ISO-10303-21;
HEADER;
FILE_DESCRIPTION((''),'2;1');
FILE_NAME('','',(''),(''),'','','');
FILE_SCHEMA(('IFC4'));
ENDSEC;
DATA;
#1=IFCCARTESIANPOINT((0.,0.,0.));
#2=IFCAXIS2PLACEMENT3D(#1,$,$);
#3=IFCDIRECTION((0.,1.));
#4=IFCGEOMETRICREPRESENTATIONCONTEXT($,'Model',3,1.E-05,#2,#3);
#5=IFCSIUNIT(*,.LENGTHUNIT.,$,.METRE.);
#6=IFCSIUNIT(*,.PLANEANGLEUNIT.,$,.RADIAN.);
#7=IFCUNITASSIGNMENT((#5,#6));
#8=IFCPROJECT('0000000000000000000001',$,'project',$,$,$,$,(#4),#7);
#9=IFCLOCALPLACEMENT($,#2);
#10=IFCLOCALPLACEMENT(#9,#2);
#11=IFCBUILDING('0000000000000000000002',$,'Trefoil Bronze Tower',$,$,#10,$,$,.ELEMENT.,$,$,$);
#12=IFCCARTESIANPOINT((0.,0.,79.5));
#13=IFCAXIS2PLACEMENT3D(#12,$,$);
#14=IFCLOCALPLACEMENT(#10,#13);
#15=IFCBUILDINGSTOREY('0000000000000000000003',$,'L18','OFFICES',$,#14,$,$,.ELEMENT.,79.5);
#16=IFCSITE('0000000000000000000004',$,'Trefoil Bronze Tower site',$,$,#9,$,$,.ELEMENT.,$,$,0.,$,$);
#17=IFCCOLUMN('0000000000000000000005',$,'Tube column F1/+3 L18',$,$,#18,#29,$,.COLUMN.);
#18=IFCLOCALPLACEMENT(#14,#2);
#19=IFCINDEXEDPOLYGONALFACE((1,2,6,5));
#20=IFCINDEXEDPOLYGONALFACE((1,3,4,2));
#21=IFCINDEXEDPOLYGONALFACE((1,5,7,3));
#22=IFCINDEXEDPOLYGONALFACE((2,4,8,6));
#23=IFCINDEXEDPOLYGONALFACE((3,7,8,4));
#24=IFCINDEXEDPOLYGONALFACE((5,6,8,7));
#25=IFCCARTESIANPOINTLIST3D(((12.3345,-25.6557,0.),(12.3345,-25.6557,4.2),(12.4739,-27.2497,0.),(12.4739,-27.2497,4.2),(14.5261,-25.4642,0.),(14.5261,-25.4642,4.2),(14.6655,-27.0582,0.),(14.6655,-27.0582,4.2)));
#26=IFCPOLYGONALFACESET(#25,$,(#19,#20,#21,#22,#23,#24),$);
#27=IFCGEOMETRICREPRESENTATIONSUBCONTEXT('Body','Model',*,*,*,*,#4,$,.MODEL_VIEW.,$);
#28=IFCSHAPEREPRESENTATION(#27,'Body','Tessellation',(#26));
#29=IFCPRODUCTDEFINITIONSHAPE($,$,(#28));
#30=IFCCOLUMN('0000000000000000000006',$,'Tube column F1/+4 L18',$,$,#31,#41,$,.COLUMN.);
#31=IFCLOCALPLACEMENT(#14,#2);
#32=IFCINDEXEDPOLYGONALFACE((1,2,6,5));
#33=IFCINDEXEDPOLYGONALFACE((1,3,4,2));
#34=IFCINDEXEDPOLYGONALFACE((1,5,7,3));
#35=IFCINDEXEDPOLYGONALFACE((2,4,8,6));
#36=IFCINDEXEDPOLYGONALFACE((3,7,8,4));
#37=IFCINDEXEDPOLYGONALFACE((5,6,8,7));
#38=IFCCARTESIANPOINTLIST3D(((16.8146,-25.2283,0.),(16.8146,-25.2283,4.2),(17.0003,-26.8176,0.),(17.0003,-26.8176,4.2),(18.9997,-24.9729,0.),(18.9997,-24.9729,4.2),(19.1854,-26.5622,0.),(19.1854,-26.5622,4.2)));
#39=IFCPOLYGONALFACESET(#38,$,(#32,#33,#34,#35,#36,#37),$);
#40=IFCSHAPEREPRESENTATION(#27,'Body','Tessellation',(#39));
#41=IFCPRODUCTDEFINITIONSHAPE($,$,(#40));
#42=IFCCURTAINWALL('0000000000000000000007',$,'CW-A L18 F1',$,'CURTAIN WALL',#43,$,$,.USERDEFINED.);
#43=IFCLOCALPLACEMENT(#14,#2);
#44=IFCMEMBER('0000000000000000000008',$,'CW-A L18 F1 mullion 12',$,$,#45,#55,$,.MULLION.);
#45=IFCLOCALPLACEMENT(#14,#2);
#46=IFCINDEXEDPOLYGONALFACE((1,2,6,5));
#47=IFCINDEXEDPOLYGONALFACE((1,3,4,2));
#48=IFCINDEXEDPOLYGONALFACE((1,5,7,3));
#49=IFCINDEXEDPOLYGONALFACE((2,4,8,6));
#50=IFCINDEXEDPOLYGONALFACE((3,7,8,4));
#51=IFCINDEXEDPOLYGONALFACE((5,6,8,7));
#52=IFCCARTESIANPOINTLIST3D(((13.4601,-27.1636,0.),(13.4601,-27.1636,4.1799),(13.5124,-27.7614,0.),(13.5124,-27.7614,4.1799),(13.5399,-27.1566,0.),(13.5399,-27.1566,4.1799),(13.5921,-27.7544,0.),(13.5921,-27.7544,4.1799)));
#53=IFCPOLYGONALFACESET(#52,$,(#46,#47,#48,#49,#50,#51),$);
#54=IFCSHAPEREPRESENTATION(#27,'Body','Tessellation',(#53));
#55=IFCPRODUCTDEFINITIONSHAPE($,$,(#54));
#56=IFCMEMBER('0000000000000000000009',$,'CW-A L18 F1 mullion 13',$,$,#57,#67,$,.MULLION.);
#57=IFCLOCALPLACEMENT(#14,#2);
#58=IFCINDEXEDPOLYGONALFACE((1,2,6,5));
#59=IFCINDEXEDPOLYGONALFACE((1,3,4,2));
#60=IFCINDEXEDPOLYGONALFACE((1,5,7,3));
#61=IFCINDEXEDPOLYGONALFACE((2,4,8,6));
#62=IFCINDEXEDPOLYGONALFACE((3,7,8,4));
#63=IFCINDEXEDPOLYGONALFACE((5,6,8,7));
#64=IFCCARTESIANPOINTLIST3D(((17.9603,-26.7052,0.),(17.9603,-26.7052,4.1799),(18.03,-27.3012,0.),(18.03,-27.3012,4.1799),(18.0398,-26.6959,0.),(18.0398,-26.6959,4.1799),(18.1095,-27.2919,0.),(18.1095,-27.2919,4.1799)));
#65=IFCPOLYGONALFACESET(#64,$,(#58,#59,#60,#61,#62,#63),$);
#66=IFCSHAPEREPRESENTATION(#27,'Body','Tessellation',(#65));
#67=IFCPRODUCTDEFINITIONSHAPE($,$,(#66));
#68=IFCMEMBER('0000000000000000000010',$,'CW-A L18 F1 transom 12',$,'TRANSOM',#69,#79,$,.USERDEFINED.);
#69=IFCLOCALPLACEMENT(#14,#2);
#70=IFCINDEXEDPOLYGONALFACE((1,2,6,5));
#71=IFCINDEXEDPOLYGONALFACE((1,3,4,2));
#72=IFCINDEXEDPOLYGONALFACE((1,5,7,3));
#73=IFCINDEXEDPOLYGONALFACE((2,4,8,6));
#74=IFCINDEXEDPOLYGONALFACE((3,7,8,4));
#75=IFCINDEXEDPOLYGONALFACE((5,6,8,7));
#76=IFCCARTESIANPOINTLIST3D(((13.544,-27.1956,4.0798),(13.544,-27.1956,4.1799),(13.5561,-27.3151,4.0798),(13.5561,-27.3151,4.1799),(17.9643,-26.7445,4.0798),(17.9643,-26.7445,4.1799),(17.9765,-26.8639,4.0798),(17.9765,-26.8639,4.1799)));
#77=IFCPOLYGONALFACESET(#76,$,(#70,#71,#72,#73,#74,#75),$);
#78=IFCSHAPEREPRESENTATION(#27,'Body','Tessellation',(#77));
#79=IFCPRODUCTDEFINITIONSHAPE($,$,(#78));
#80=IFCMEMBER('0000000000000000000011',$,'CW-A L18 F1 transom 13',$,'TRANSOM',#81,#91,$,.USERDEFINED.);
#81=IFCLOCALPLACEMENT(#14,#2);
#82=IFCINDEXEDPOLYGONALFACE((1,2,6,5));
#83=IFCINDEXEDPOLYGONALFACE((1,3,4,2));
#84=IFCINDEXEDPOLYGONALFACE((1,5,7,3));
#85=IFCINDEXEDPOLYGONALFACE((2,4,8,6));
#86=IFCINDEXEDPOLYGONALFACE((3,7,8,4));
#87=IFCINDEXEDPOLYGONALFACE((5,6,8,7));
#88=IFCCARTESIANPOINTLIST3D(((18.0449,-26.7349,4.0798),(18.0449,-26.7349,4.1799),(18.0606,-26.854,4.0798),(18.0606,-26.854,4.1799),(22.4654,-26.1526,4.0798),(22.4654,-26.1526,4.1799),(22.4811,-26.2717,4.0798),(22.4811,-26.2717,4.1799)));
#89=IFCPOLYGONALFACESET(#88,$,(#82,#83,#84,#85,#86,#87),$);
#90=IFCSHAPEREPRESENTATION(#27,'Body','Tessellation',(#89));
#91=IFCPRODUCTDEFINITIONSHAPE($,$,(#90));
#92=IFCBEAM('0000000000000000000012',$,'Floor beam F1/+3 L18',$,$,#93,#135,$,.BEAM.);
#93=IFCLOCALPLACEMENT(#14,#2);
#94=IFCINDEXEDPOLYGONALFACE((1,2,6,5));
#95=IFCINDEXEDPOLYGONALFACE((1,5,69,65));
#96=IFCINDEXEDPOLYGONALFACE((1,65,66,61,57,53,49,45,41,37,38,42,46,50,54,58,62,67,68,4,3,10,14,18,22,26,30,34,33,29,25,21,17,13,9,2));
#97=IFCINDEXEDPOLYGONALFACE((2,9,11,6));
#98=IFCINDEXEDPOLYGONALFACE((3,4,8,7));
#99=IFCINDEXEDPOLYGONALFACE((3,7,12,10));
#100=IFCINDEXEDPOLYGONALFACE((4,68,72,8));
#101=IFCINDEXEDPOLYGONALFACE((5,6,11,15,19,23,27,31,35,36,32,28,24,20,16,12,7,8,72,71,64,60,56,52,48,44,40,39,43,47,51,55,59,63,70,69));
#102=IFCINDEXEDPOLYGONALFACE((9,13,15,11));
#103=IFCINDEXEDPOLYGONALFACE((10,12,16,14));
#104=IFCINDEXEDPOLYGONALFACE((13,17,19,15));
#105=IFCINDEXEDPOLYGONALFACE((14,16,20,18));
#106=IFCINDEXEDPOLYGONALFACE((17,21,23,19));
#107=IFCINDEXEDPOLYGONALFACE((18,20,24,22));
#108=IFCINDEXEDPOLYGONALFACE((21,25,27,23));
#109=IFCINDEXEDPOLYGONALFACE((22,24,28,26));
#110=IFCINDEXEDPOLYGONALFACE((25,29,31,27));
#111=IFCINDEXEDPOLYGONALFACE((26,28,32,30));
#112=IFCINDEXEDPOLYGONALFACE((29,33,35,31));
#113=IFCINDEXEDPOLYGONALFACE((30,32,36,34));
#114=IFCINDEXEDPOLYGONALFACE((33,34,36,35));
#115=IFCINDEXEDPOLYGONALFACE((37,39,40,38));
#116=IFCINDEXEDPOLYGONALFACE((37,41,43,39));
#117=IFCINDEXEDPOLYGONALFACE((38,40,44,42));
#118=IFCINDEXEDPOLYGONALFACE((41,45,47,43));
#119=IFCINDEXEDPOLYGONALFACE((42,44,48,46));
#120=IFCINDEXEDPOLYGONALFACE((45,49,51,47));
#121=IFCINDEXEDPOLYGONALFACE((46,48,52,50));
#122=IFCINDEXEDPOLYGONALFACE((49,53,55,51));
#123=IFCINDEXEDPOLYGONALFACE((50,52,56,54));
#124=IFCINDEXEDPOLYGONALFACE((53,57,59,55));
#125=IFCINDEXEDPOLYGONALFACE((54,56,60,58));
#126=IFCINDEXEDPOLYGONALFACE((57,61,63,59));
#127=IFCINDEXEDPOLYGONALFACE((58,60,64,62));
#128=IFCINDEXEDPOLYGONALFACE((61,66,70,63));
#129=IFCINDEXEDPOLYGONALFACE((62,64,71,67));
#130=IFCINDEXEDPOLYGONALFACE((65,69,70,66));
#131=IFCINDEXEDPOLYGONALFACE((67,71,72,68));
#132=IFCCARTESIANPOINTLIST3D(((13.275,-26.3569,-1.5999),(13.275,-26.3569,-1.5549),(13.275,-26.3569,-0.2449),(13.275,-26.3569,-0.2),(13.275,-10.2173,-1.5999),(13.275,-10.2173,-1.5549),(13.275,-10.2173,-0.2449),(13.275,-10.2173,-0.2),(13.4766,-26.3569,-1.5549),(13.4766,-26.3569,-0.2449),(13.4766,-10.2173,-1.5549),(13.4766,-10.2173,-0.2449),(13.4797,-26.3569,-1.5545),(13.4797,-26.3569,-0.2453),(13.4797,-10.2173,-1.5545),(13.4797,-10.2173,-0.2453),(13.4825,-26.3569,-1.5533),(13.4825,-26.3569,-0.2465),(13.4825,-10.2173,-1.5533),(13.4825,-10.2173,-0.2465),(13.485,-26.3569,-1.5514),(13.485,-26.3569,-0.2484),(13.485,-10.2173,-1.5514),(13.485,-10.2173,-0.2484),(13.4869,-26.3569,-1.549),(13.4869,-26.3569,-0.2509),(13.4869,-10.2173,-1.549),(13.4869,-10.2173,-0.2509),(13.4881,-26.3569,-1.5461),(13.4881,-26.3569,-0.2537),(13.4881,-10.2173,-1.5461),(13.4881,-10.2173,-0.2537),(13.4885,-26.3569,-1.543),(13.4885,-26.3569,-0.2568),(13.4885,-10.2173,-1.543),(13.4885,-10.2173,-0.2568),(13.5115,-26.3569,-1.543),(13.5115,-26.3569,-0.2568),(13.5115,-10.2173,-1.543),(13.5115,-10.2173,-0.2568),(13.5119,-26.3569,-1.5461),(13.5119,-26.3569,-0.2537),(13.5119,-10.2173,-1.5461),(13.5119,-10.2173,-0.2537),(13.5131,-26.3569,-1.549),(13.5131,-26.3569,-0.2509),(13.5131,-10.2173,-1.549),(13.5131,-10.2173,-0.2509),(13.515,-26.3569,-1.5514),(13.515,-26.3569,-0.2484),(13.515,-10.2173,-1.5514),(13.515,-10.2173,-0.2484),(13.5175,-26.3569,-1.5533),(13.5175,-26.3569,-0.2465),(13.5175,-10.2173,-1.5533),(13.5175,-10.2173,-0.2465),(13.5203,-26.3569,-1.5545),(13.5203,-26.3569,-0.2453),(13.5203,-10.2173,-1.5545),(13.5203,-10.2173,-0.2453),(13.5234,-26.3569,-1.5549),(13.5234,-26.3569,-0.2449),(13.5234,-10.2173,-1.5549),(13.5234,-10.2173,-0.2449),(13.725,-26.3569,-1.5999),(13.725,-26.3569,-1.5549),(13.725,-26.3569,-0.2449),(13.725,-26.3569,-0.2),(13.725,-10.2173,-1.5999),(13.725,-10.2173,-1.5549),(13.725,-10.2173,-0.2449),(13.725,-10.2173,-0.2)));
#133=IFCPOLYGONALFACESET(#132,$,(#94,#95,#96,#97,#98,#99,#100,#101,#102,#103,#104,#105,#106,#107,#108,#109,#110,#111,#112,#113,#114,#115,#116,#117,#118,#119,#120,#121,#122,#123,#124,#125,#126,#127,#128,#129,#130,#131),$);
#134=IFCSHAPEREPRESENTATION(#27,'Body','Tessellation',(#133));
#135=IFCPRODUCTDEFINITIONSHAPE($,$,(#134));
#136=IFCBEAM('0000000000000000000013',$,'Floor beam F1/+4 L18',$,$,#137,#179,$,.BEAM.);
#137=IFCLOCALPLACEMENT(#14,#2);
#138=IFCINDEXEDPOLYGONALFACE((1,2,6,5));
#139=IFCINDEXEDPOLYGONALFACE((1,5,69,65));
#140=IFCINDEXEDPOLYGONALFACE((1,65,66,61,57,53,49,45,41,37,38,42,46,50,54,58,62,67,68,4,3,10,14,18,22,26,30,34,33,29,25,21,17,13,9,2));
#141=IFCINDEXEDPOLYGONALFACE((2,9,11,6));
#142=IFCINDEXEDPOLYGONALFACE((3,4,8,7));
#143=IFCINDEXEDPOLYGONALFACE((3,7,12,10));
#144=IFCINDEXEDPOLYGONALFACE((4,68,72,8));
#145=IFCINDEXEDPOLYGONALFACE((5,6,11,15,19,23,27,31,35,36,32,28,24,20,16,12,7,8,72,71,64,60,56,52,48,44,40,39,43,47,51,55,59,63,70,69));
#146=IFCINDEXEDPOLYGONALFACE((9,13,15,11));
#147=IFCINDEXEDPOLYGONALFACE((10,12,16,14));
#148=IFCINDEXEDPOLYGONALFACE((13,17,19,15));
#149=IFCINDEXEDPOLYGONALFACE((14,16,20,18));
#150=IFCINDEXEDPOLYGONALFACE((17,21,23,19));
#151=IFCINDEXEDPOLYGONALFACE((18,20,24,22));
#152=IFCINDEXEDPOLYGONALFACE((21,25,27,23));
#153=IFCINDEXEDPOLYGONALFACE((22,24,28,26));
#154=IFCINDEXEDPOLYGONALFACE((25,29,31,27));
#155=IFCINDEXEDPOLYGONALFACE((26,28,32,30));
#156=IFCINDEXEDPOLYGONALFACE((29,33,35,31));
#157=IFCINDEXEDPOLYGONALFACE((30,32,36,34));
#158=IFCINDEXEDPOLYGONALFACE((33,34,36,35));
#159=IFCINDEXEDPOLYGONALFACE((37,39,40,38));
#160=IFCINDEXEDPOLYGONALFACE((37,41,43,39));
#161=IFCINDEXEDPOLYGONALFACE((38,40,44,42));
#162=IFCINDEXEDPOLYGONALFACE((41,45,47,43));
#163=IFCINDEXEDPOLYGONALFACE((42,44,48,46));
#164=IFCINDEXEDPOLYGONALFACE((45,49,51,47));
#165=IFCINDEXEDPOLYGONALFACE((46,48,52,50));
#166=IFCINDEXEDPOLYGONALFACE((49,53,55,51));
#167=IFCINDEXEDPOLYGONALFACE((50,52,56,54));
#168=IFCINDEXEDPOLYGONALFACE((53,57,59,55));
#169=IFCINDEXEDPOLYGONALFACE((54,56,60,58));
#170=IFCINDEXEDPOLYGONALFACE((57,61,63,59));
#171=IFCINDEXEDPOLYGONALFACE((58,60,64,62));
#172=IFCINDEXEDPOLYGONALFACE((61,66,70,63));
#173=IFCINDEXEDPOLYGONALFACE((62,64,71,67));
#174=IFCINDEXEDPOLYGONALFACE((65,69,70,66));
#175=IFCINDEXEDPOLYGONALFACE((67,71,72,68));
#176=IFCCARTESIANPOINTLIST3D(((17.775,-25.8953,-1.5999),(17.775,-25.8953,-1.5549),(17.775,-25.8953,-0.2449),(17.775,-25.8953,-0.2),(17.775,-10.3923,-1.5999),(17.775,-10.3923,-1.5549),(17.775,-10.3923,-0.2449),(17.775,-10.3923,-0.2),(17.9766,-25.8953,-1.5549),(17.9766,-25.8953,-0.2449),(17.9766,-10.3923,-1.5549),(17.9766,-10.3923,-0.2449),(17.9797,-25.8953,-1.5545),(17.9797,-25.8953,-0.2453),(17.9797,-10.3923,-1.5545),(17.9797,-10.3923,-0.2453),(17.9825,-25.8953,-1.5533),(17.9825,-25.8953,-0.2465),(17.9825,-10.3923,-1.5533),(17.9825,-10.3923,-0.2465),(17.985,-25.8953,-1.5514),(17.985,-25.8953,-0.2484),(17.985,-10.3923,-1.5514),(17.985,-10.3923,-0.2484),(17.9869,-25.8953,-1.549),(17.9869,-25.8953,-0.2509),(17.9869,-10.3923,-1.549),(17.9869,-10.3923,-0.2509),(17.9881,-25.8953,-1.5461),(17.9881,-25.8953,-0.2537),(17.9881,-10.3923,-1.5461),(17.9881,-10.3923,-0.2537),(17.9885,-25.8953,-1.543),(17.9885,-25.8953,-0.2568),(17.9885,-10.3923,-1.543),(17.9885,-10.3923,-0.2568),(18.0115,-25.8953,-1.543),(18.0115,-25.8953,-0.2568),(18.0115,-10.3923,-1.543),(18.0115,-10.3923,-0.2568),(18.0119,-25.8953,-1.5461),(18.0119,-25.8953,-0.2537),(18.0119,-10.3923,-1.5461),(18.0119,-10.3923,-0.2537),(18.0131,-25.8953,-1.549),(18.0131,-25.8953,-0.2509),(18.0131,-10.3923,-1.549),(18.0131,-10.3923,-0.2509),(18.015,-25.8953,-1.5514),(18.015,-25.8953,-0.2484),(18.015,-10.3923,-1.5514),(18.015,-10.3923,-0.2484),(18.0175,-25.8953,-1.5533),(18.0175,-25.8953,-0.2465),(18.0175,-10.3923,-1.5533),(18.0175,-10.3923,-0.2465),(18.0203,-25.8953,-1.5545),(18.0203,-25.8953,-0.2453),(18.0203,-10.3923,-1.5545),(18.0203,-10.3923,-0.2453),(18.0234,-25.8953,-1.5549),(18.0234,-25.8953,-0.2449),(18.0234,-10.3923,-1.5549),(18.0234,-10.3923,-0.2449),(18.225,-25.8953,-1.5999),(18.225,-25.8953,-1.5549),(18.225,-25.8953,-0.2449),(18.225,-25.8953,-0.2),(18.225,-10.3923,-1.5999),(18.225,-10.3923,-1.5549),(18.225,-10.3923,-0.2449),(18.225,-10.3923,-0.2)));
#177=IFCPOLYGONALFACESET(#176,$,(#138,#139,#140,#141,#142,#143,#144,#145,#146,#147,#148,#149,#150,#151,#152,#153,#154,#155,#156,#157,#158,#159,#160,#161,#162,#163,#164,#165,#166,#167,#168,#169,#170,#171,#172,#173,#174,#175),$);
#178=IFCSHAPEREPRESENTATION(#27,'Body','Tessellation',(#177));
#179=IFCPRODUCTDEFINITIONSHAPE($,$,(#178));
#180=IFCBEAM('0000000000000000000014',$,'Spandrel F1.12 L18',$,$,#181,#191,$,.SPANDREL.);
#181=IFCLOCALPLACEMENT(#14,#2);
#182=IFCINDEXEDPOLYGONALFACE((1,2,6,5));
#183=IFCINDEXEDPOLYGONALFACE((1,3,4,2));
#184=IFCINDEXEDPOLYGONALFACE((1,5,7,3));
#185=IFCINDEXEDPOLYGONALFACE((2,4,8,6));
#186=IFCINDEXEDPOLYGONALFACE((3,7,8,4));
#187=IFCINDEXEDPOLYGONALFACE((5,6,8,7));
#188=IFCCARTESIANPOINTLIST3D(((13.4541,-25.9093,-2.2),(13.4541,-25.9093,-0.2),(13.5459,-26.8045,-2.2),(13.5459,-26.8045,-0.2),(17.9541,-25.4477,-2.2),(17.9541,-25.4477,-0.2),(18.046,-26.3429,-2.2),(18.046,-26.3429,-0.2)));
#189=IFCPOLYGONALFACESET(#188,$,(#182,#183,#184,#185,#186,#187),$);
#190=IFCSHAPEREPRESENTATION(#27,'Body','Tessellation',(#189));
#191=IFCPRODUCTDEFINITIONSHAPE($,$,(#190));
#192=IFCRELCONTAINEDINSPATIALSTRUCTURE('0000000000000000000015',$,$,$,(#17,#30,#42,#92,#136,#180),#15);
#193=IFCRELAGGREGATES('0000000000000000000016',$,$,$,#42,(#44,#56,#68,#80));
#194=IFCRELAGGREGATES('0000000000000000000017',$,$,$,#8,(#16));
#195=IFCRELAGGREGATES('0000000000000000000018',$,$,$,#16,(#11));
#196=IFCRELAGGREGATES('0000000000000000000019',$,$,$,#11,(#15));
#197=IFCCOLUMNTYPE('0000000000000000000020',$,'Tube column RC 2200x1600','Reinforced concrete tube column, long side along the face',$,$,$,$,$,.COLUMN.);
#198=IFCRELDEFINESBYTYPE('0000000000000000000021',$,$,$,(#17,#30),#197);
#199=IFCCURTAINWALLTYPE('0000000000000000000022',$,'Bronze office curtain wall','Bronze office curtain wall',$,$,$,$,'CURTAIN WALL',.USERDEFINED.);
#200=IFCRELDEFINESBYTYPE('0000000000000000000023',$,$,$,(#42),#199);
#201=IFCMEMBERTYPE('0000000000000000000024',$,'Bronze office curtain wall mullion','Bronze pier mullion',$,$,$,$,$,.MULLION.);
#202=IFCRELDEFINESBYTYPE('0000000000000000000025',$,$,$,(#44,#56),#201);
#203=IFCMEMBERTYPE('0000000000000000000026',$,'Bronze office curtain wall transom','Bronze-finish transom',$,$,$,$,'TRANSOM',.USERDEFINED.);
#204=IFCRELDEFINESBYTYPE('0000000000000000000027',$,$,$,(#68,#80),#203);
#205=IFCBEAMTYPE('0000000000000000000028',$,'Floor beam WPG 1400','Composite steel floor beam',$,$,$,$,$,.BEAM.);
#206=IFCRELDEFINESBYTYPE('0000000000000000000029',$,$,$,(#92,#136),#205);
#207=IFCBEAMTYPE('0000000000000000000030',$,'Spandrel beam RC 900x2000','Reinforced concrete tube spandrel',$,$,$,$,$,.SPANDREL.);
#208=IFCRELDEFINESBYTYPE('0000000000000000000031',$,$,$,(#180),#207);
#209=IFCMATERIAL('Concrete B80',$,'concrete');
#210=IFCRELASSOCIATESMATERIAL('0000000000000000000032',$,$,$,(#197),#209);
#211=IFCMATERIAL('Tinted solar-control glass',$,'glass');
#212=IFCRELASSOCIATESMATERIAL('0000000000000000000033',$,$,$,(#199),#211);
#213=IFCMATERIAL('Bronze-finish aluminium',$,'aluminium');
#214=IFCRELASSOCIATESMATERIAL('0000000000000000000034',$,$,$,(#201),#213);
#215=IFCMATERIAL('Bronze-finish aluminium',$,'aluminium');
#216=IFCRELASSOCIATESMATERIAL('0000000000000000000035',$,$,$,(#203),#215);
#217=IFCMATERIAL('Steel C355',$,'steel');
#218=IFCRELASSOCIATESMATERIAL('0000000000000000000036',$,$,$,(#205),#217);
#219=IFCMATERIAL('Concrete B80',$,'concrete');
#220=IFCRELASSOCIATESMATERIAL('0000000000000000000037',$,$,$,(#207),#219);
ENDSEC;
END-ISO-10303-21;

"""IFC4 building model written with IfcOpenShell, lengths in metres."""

from ifc_helpers import new_model, si_unit, direction, frame, origin, origin_2d, place, context, subcontext, project, spatial, rectangle, i_section, extrude, material, material_profile, profile_set, type_object, element, aggregate, save


model = new_model("IFC4")

# Units and contexts
model_context = context("Model", 3, precision=1e-05, world=origin(), true_north=direction((0.0, 1.0)))
body_context = subcontext(model_context, "Body", "Model", "MODEL_VIEW")
ifc_project = project(units=[si_unit("LENGTHUNIT", "METRE"), si_unit("PLANEANGLEUNIT", "RADIAN")], contexts=[model_context])

# Site, building, storey
site_placement = place(None, origin())
site = spatial("IfcSite", under=ifc_project, at=site_placement, Name="Trefoil Bronze Tower site", CompositionType="ELEMENT", RefElevation=0.0)
building_placement = place(site_placement, origin())
building = spatial("IfcBuilding", under=site, at=building_placement, Name="Trefoil Bronze Tower", CompositionType="ELEMENT")
storey_placement = place(building_placement, frame((0.0, 0.0, 79.5)))
storey = spatial("IfcBuildingStorey", under=building, at=storey_placement, Name="L18", Description="OFFICES", CompositionType="ELEMENT", Elevation=79.5)

# Columns
ifc_material_1 = material(Name="Concrete B80", Category="concrete")
ifc_material_profile_1 = material_profile(ifc_material_1, rectangle(XDim=2.2, YDim=1.6001, at=origin_2d()), Name="RC 2200x1600")
ifc_profile_set_1 = profile_set([ifc_material_profile_1], Name="Concrete B80")
column_type = type_object("IfcColumnType", Name="Tube column RC 2200x1600", Description="Reinforced concrete tube column, long side along the face", PredefinedType="COLUMN", material=ifc_profile_set_1)
for number, where, z_axis, x_axis, name in (
    (1, (13.5, -26.3569, 0.0), (0.0, 0.0, 1.0), (0.996203, 0.087065, 0.0), "Tube column F1/+3 L18"),
    (2, (18.0, -25.8953, 0.0), (0.0, 0.0, 1.0), (0.993239, 0.116087, 0.0), "Tube column F1/+4 L18"),
):
    element("IfcColumn", number, at=place(storey_placement, frame(where, z_axis=z_axis, x_axis=x_axis)), inside=storey, type_object=column_type, Name=name, PredefinedType="COLUMN", context=body_context, shape_type="SweptSolid", body=[
        extrude(rectangle(XDim=2.2, YDim=1.6001, at=origin_2d()), origin(), (0.0, 0.0, 1.0), 4.2),
    ])

# Curtain wall, members
ifc_material_2 = material(Name="Tinted solar-control glass", Category="glass")
curtain_wall_type = type_object("IfcCurtainWallType", Name="Bronze office curtain wall", Description="Bronze office curtain wall", ElementType="CURTAIN WALL", PredefinedType="USERDEFINED", material=ifc_material_2)
curtain_wall_placement = place(storey_placement, origin())
curtain_wall = element("IfcCurtainWall", 3, at=curtain_wall_placement, inside=storey, type_object=curtain_wall_type, Name="CW-A L18 F1", ObjectType="CURTAIN WALL", PredefinedType="USERDEFINED")
ifc_material_3 = material(Name="Bronze-finish aluminium", Category="aluminium")
ifc_material_profile_2 = material_profile(ifc_material_3, rectangle(XDim=0.6001, YDim=0.0801, at=origin_2d()), Name="CW-A mullion")
ifc_profile_set_2 = profile_set([ifc_material_profile_2], Name="Bronze-finish aluminium")
member_type_1 = type_object("IfcMemberType", Name="Bronze office curtain wall mullion", Description="Bronze pier mullion", PredefinedType="MULLION", material=ifc_profile_set_2)
member_1_placement = place(storey_placement, frame((13.5261, -27.459, 0.0), z_axis=(0.0, 0.0, 1.0), x_axis=(-0.087065, 0.996203, 0.0)))
member_1 = element("IfcMember", 4, at=member_1_placement, type_object=member_type_1, Name="CW-A L18 F1 mullion 12", PredefinedType="MULLION", context=body_context, shape_type="SweptSolid", body=[
    extrude(rectangle(XDim=0.6001, YDim=0.0801, at=origin_2d()), origin(), (0.0, 0.0, 1.0), 4.1799),
])
member_2_placement = place(storey_placement, frame((18.0349, -26.9985, 0.0), z_axis=(0.0, 0.0, 1.0), x_axis=(-0.116087, 0.993239, 0.0)))
member_2 = element("IfcMember", 5, at=member_2_placement, type_object=member_type_1, Name="CW-A L18 F1 mullion 13", PredefinedType="MULLION", context=body_context, shape_type="SweptSolid", body=[
    extrude(rectangle(XDim=0.6001, YDim=0.0801, at=origin_2d()), origin(), (0.0, 0.0, 1.0), 4.1799),
])
ifc_material_4 = material(Name="Bronze-finish aluminium", Category="aluminium")
ifc_material_profile_3 = material_profile(ifc_material_4, rectangle(XDim=0.1201, YDim=0.1001, at=origin_2d()), Name="CW-A transom")
ifc_profile_set_3 = profile_set([ifc_material_profile_3], Name="Bronze-finish aluminium")
member_type_2 = type_object("IfcMemberType", Name="Bronze office curtain wall transom", Description="Bronze-finish transom", ElementType="TRANSOM", PredefinedType="USERDEFINED", material=ifc_profile_set_3)
member_3_placement = place(storey_placement, frame((13.55, -27.2554, 4.1299), z_axis=(0.994832, 0.101538, 0.0), x_axis=(-0.101538, 0.994832, 0.0)))
member_3 = element("IfcMember", 6, at=member_3_placement, type_object=member_type_2, Name="CW-A L18 F1 transom 12", ObjectType="TRANSOM", PredefinedType="USERDEFINED", context=body_context, shape_type="SweptSolid", body=[
    extrude(rectangle(XDim=0.1201, YDim=0.1001, at=origin_2d()), origin(), (0.0, 0.0, 1.0), 4.4434),
])
member_4_placement = place(storey_placement, frame((18.0527, -26.7944, 4.1299), z_axis=(0.991437, 0.130589, 0.0), x_axis=(-0.130589, 0.991437, 0.0)))
member_4 = element("IfcMember", 7, at=member_4_placement, type_object=member_type_2, Name="CW-A L18 F1 transom 13", ObjectType="TRANSOM", PredefinedType="USERDEFINED", context=body_context, shape_type="SweptSolid", body=[
    extrude(rectangle(XDim=0.1201, YDim=0.1001, at=origin_2d()), origin(), (0.0, 0.0, 1.0), 4.4587),
])

# Beams
ifc_material_5 = material(Name="Steel C355", Category="steel")
ifc_material_profile_4 = material_profile(ifc_material_5, i_section(OverallWidth=0.45, OverallDepth=1.3999, WebThickness=0.0229, FlangeThickness=0.0449, FilletRadius=0.012, at=origin_2d()), Name="WPG 1400")
ifc_profile_set_4 = profile_set([ifc_material_profile_4], Name="Steel C355")
beam_type_1 = type_object("IfcBeamType", Name="Floor beam WPG 1400", Description="Composite steel floor beam", PredefinedType="BEAM", material=ifc_profile_set_4)
beam_1_placement = place(storey_placement, frame((13.5, -26.3569, -0.8999), z_axis=(0.0, 1.0, 0.0), x_axis=(-1.0, 0.0, 0.0)))
element("IfcBeam", 8, at=beam_1_placement, inside=storey, type_object=beam_type_1, Name="Floor beam F1/+3 L18", PredefinedType="BEAM", context=body_context, shape_type="SweptSolid", body=[
    extrude(i_section(OverallWidth=0.45, OverallDepth=1.3999, WebThickness=0.0229, FlangeThickness=0.0449, FilletRadius=0.012, at=origin_2d()), origin(), (0.0, 0.0, 1.0), 16.1396),
])
beam_2_placement = place(storey_placement, frame((18.0, -25.8953, -0.8999), z_axis=(0.0, 1.0, 0.0), x_axis=(-1.0, 0.0, 0.0)))
element("IfcBeam", 9, at=beam_2_placement, inside=storey, type_object=beam_type_1, Name="Floor beam F1/+4 L18", PredefinedType="BEAM", context=body_context, shape_type="SweptSolid", body=[
    extrude(i_section(OverallWidth=0.45, OverallDepth=1.3999, WebThickness=0.0229, FlangeThickness=0.0449, FilletRadius=0.012, at=origin_2d()), origin(), (0.0, 0.0, 1.0), 15.5029),
])
ifc_material_6 = material(Name="Concrete B80", Category="concrete")
ifc_material_profile_5 = material_profile(ifc_material_6, rectangle(XDim=0.8999, YDim=2.0, at=origin_2d()), Name="RC 900x2000")
ifc_profile_set_5 = profile_set([ifc_material_profile_5], Name="Concrete B80")
beam_type_2 = type_object("IfcBeamType", Name="Spandrel beam RC 900x2000", Description="Reinforced concrete tube spandrel", PredefinedType="SPANDREL", material=ifc_profile_set_5)
beam_3_placement = place(storey_placement, frame((13.5, -26.3569, -1.2), z_axis=(0.994778, 0.102058, 0.0), x_axis=(-0.102058, 0.994778, 0.0)))
element("IfcBeam", 10, at=beam_3_placement, inside=storey, type_object=beam_type_2, Name="Spandrel F1.12 L18", PredefinedType="SPANDREL", context=body_context, shape_type="SweptSolid", body=[
    extrude(rectangle(XDim=0.8999, YDim=2.0, at=origin_2d()), origin(), (0.0, 0.0, 1.0), 4.5237),
])

aggregate(curtain_wall, [member_1, member_2, member_3, member_4])

save(model, "model.ifc")
